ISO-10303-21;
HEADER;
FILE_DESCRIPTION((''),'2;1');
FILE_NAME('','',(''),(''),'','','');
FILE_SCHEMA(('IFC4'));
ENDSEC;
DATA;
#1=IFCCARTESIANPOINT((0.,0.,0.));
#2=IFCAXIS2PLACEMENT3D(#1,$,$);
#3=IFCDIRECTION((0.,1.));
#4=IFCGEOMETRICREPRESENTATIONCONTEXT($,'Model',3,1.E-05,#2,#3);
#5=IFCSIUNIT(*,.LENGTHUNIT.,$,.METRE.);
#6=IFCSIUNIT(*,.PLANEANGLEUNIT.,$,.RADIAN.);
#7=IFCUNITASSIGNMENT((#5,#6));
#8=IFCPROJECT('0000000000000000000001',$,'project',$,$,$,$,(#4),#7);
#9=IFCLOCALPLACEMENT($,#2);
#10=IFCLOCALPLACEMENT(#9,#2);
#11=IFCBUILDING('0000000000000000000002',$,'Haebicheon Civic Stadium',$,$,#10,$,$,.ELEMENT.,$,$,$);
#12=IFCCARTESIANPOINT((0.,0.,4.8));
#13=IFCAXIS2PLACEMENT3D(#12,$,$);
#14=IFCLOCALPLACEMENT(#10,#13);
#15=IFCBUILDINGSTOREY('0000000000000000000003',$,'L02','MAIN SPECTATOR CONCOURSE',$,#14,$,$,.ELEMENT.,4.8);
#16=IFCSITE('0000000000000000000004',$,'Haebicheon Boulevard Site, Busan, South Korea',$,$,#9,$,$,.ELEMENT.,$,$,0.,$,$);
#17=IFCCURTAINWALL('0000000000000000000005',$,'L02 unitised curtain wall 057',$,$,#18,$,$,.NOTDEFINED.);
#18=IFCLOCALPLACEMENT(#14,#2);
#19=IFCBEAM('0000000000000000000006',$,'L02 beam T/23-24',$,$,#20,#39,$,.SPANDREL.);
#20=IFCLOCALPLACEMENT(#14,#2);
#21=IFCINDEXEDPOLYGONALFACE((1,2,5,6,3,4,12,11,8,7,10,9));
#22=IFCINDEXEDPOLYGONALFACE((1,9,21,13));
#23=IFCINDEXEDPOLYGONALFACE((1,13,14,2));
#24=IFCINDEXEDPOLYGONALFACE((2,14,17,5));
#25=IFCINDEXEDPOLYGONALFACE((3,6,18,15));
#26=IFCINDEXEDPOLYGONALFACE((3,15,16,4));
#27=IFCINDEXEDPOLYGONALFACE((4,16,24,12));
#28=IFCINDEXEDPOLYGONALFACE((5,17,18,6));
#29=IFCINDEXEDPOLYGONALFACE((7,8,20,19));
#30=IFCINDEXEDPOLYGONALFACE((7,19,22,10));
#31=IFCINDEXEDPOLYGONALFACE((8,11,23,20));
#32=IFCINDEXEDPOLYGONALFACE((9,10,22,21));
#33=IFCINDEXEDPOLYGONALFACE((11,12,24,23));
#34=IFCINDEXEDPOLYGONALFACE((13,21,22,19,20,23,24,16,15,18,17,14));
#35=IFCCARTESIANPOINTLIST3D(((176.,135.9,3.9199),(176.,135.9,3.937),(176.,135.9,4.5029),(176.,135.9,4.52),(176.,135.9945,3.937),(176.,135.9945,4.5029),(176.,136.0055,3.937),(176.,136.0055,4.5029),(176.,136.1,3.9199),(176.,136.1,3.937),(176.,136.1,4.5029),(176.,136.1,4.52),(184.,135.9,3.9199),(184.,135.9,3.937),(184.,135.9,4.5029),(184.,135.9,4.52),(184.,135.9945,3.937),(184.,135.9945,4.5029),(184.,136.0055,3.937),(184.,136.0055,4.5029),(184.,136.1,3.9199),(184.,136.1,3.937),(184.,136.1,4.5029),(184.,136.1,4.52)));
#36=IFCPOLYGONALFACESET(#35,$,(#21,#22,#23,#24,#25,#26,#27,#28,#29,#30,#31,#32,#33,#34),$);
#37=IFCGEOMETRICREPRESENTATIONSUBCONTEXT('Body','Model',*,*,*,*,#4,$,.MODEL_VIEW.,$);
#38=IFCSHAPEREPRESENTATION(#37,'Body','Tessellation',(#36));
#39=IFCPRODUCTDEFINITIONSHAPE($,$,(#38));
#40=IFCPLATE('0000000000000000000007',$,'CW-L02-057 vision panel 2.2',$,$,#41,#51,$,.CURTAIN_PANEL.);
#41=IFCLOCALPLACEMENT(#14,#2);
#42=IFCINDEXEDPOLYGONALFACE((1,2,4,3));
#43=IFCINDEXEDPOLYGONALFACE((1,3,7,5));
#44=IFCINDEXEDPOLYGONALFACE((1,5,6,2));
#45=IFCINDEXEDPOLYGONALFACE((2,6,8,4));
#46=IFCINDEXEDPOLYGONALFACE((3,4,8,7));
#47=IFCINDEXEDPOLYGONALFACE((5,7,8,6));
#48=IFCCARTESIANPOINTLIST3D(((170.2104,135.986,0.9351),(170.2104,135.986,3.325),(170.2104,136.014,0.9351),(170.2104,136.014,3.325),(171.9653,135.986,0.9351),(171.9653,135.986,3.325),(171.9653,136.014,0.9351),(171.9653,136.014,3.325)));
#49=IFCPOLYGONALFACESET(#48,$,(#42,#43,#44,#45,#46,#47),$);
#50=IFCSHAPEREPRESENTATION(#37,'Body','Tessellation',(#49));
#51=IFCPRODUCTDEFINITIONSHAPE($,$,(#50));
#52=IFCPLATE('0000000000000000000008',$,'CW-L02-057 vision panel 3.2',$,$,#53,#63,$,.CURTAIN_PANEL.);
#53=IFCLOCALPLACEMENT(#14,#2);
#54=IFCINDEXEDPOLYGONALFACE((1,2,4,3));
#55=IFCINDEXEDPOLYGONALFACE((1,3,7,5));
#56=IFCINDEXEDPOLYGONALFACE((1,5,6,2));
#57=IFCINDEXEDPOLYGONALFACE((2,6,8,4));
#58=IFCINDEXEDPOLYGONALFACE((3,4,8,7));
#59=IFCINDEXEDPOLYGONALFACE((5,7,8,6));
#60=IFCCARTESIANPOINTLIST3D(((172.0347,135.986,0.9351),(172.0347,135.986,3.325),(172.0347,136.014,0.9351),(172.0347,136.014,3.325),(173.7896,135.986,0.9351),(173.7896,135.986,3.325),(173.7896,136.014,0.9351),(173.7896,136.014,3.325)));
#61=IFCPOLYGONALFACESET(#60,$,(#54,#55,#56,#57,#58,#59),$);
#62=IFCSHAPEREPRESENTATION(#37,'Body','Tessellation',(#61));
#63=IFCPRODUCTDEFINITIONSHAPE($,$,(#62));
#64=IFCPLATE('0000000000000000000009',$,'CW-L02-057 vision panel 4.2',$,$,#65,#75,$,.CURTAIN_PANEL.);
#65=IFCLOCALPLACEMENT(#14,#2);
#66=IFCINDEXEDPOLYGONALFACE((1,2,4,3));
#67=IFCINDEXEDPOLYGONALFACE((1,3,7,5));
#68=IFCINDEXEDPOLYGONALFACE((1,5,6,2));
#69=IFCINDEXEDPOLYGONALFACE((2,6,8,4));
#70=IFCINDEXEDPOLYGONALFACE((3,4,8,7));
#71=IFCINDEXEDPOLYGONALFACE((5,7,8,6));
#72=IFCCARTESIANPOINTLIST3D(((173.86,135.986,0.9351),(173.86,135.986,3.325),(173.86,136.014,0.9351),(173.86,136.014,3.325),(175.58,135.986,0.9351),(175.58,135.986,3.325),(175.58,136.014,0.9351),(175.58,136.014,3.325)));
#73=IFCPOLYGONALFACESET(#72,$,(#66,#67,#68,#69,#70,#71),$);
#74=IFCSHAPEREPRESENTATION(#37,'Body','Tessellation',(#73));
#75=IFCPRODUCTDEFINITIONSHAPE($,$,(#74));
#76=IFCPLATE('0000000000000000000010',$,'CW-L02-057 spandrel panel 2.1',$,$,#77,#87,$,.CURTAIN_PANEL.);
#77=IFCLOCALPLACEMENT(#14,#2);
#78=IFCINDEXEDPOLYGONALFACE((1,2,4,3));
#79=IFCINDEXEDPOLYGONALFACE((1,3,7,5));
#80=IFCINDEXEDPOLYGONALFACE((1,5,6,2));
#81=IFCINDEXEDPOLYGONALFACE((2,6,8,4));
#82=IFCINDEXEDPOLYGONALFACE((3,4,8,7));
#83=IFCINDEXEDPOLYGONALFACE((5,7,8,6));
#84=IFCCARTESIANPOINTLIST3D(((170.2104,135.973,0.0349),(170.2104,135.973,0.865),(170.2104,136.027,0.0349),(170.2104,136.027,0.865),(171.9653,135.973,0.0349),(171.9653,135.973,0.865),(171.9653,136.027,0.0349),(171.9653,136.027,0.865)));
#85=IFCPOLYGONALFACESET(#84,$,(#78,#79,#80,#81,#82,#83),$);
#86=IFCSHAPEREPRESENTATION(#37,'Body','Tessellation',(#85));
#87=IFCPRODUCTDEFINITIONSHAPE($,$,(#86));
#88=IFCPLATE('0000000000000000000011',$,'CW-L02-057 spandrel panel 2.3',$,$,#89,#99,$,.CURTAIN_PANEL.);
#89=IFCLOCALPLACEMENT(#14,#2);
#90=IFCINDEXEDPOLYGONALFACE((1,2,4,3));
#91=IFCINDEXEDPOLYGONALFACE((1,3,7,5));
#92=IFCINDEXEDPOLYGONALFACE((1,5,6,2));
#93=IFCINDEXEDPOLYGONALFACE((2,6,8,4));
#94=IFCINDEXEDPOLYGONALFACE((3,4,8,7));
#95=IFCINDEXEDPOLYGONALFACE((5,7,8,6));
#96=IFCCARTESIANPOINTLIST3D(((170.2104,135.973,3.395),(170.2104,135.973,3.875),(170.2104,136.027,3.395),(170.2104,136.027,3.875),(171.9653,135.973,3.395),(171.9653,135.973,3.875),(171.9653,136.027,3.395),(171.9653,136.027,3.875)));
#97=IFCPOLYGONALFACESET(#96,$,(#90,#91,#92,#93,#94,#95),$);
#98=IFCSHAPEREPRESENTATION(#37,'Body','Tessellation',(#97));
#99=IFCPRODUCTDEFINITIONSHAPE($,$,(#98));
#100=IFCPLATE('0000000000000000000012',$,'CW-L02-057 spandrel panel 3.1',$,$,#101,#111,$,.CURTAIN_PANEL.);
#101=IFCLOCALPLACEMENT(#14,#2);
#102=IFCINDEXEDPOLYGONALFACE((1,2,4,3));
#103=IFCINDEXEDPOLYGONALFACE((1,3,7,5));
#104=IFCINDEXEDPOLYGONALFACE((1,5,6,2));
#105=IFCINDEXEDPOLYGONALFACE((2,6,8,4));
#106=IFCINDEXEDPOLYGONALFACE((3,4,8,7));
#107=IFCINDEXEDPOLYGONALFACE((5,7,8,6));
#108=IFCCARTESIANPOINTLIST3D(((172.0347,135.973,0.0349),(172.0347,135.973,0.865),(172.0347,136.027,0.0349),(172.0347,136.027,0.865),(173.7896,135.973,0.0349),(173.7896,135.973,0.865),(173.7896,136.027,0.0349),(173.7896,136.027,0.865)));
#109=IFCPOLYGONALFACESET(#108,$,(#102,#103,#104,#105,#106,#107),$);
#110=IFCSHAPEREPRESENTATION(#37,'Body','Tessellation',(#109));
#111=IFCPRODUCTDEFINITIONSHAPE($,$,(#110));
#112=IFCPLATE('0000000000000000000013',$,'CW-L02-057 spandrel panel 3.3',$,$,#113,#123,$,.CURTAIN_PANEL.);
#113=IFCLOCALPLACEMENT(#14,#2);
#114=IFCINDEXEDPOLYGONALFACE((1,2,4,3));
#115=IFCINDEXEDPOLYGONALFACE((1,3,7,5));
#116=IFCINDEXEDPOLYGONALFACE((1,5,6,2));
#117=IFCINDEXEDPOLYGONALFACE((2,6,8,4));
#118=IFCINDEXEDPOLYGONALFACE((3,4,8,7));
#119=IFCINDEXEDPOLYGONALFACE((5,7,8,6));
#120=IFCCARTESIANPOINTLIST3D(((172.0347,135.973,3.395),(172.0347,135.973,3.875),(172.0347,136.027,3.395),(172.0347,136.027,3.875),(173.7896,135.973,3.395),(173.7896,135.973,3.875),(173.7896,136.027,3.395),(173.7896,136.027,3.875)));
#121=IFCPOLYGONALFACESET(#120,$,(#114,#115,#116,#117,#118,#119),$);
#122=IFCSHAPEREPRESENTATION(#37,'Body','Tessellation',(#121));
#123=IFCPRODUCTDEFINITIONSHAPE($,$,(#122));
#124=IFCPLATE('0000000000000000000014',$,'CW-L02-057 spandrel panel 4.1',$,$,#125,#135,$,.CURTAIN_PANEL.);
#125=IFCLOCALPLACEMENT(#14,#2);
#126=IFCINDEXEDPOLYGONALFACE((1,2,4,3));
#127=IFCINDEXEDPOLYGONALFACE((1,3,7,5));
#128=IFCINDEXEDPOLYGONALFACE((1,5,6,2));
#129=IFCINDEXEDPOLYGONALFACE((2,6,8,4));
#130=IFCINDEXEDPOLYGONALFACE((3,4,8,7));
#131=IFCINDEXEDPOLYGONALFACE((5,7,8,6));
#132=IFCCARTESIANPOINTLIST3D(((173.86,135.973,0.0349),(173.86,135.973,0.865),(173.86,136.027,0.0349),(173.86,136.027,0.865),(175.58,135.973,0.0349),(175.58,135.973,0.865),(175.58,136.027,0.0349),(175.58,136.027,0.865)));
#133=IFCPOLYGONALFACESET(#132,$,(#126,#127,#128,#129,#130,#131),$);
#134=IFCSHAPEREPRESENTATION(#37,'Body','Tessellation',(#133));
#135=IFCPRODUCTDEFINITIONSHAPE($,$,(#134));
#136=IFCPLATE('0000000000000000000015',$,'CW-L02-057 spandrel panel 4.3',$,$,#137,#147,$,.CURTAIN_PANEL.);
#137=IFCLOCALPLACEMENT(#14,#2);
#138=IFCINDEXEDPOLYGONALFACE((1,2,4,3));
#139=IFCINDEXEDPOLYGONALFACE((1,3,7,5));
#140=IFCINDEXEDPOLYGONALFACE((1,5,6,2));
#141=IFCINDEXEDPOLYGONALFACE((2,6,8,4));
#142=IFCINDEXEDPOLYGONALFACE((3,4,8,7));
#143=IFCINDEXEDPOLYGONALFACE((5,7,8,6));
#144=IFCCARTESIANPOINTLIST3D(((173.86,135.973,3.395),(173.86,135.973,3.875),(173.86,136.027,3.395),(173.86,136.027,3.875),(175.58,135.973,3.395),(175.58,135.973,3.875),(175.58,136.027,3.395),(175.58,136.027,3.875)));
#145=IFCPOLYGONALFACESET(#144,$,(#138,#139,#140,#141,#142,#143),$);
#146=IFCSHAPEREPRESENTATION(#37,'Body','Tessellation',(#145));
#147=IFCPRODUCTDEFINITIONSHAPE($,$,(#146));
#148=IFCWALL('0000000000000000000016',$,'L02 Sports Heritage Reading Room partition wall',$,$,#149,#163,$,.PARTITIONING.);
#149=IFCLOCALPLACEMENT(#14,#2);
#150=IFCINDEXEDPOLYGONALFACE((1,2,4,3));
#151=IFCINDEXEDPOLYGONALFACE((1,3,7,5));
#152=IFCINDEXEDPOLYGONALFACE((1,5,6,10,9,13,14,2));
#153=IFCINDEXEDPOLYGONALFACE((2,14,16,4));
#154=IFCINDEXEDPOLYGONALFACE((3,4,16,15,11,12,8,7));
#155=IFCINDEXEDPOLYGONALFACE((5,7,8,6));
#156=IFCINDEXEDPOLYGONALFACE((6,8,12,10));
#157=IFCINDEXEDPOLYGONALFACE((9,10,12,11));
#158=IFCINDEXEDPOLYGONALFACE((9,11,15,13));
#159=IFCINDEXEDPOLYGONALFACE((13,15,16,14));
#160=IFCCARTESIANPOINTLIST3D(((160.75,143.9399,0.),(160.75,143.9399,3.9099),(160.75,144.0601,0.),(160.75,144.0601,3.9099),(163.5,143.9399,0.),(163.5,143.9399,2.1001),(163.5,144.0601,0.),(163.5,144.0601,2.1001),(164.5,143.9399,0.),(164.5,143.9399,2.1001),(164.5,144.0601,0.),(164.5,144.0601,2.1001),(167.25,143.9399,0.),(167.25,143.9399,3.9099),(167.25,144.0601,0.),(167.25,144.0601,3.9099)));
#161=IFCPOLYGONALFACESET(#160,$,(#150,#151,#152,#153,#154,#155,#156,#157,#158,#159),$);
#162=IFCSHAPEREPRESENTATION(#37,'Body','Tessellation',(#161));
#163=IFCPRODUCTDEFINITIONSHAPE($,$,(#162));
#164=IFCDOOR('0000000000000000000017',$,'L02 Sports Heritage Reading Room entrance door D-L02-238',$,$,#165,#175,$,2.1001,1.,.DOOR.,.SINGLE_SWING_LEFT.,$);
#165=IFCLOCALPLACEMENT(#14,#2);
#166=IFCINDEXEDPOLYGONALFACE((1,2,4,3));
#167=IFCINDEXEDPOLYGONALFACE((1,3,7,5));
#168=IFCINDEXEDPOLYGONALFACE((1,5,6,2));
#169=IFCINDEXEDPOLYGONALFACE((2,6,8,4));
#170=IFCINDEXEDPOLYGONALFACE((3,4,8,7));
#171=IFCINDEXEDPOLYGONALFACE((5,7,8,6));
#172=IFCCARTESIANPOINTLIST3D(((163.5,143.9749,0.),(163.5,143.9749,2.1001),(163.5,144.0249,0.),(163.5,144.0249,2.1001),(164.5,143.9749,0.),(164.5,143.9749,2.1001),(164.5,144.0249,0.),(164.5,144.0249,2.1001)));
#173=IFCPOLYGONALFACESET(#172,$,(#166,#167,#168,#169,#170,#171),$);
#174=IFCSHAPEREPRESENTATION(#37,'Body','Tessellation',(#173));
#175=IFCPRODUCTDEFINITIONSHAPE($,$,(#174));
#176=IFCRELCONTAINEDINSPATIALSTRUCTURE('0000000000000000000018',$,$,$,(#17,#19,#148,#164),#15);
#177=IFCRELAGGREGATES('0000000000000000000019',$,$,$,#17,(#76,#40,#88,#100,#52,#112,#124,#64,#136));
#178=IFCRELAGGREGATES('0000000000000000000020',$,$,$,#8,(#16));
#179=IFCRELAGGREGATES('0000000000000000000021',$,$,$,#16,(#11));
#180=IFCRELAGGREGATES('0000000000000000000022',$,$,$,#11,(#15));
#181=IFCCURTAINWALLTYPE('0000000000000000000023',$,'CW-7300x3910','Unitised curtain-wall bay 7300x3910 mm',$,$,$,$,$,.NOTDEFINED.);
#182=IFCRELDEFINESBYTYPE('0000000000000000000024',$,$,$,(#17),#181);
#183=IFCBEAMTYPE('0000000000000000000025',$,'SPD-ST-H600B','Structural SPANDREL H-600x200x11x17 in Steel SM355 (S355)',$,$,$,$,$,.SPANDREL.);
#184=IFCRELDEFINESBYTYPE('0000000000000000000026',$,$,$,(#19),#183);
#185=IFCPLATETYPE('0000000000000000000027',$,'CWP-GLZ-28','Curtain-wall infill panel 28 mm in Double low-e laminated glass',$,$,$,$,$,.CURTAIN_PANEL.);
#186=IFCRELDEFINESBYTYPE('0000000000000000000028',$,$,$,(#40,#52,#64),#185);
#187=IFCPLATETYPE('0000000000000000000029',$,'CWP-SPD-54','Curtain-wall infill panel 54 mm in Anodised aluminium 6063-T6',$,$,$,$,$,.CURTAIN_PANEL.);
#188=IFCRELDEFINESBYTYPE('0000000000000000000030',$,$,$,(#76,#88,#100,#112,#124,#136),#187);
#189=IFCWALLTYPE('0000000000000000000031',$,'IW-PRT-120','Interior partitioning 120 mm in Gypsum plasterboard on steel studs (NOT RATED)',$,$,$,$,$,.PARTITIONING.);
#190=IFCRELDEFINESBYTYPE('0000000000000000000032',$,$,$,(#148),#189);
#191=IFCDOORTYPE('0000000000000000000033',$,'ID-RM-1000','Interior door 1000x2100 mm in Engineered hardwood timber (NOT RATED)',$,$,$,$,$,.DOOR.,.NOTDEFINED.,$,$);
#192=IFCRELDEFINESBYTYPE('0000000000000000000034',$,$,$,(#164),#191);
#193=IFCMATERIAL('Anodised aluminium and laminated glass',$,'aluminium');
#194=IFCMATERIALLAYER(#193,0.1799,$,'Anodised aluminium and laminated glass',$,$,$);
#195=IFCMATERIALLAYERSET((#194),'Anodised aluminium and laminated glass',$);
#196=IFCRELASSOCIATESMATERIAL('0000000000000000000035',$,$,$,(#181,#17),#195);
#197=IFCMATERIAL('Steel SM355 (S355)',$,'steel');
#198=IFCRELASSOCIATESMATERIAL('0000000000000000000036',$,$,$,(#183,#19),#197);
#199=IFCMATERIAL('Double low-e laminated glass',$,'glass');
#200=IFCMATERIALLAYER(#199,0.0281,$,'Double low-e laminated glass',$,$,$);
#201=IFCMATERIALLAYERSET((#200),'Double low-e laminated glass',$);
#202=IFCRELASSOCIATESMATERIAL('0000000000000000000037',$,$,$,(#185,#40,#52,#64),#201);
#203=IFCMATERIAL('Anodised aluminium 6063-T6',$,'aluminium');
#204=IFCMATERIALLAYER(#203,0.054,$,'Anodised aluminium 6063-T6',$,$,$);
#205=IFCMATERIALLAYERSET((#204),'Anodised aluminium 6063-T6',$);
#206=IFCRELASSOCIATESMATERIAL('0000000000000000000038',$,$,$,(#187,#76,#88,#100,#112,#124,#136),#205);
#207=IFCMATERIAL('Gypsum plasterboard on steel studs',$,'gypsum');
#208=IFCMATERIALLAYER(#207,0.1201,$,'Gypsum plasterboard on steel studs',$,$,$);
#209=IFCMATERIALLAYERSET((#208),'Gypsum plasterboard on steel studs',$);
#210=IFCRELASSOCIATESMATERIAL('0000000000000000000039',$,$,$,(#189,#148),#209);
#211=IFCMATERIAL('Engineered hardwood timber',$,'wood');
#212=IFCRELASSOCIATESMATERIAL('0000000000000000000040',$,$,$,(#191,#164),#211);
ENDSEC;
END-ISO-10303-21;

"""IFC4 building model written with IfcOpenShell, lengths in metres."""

from ifc_helpers import new_model, si_unit, direction, frame, frame_2d, origin, origin_2d, place, context, subcontext, project, spatial, rectangle, i_section, extrude, material, layer, layer_set, material_profile, profile_set, type_object, element, fill, aggregate, save


model = new_model("IFC4")

# Units and contexts
model_context = context("Model", 3, precision=1e-05, world=origin(), true_north=direction((0.0, 1.0)))
body_context = subcontext(model_context, "Body", "Model", "MODEL_VIEW")
ifc_project = project(units=[si_unit("LENGTHUNIT", "METRE"), si_unit("PLANEANGLEUNIT", "RADIAN")], contexts=[model_context])

# Site, building, storey
site_placement = place(None, origin())
site = spatial("IfcSite", under=ifc_project, at=site_placement, Name="Haebicheon Boulevard Site, Busan, South Korea", CompositionType="ELEMENT", RefElevation=0.0)
building_placement = place(site_placement, origin())
building = spatial("IfcBuilding", under=site, at=building_placement, Name="Haebicheon Civic Stadium", CompositionType="ELEMENT")
storey_placement = place(building_placement, frame((0.0, 0.0, 4.8)))
storey = spatial("IfcBuildingStorey", under=building, at=storey_placement, Name="L02", Description="MAIN SPECTATOR CONCOURSE", CompositionType="ELEMENT", Elevation=4.8)

# Curtain wall
ifc_material_1 = material(Name="Anodised aluminium and laminated glass", Category="aluminium")
ifc_layer_1 = layer(ifc_material_1, 0.1799, Name="Anodised aluminium and laminated glass")
ifc_layer_set_1 = layer_set([ifc_layer_1], Name="Anodised aluminium and laminated glass")
curtain_wall_type = type_object("IfcCurtainWallType", Name="CW-7300x3910", Description="Unitised curtain-wall bay 7300x3910 mm", PredefinedType="NOTDEFINED", material=ifc_layer_set_1)
curtain_wall_placement = place(storey_placement, origin())
curtain_wall = element("IfcCurtainWall", 1, at=curtain_wall_placement, inside=storey, type_object=curtain_wall_type, material=ifc_layer_set_1, Name="L02 unitised curtain wall 057", PredefinedType="NOTDEFINED")

# Beam
ifc_material_2 = material(Name="Steel SM355 (S355)", Category="steel")
ifc_material_profile_1 = material_profile(ifc_material_2, i_section(OverallWidth=0.2, OverallDepth=0.6001, WebThickness=0.011, FlangeThickness=0.0171, at=origin_2d()), Name="H-600x200x11x17")
ifc_profile_set_1 = profile_set([ifc_material_profile_1], Name="Steel SM355 (S355)")
beam_type_1 = type_object("IfcBeamType", Name="SPD-ST-H600B", Description="Structural SPANDREL H-600x200x11x17 in Steel SM355 (S355)", PredefinedType="SPANDREL", material=ifc_profile_set_1)
beam_placement = place(storey_placement, frame((176.0, 136.0, 4.22), z_axis=(1.0, 0.0, 0.0), x_axis=(0.0, 1.0, 0.0)))
element("IfcBeam", 2, at=beam_placement, inside=storey, type_object=beam_type_1, material=ifc_profile_set_1, Name="L02 beam T/23-24", PredefinedType="SPANDREL", context=body_context, shape_type="SweptSolid", body=[
    extrude(i_section(OverallWidth=0.2, OverallDepth=0.6001, WebThickness=0.011, FlangeThickness=0.0171, at=origin_2d()), origin(), (0.0, 0.0, 1.0), 8.0),
])

# Plates
ifc_material_3 = material(Name="Double low-e laminated glass", Category="glass")
ifc_layer_2 = layer(ifc_material_3, 0.0281, Name="Double low-e laminated glass")
ifc_layer_set_2 = layer_set([ifc_layer_2], Name="Double low-e laminated glass")
plate_type_1 = type_object("IfcPlateType", Name="CWP-GLZ-28", Description="Curtain-wall infill panel 28 mm in Double low-e laminated glass", PredefinedType="CURTAIN_PANEL", material=ifc_layer_set_2)
plate_1_placement = place(storey_placement, frame((171.0879, 136.0, 0.9351), z_axis=(0.0, 0.0, 1.0), x_axis=(1.0, 0.0, 0.0)))
plate_1 = element("IfcPlate", 3, at=plate_1_placement, type_object=plate_type_1, material=ifc_layer_set_2, Name="CW-L02-057 vision panel 2.2", PredefinedType="CURTAIN_PANEL", context=body_context, shape_type="SweptSolid", body=[
    extrude(rectangle(XDim=1.7549, YDim=0.0281, at=origin_2d()), origin(), (0.0, 0.0, 1.0), 2.3899),
])
plate_2_placement = place(storey_placement, frame((172.9121, 136.0, 0.9351), z_axis=(0.0, 0.0, 1.0), x_axis=(1.0, 0.0, 0.0)))
plate_2 = element("IfcPlate", 4, at=plate_2_placement, type_object=plate_type_1, material=ifc_layer_set_2, Name="CW-L02-057 vision panel 3.2", PredefinedType="CURTAIN_PANEL", context=body_context, shape_type="SweptSolid", body=[
    extrude(rectangle(XDim=1.7549, YDim=0.0281, at=origin_2d()), origin(), (0.0, 0.0, 1.0), 2.3899),
])
plate_3_placement = place(storey_placement, frame((174.72, 136.0, 0.9351), z_axis=(0.0, 0.0, 1.0), x_axis=(1.0, 0.0, 0.0)))
plate_3 = element("IfcPlate", 5, at=plate_3_placement, type_object=plate_type_1, material=ifc_layer_set_2, Name="CW-L02-057 vision panel 4.2", PredefinedType="CURTAIN_PANEL", context=body_context, shape_type="SweptSolid", body=[
    extrude(rectangle(XDim=1.72, YDim=0.0281, at=origin_2d()), origin(), (0.0, 0.0, 1.0), 2.3899),
])
ifc_material_4 = material(Name="Anodised aluminium 6063-T6", Category="aluminium")
ifc_layer_3 = layer(ifc_material_4, 0.054, Name="Anodised aluminium 6063-T6")
ifc_layer_set_3 = layer_set([ifc_layer_3], Name="Anodised aluminium 6063-T6")
plate_type_2 = type_object("IfcPlateType", Name="CWP-SPD-54", Description="Curtain-wall infill panel 54 mm in Anodised aluminium 6063-T6", PredefinedType="CURTAIN_PANEL", material=ifc_layer_set_3)
plate_4_placement = place(storey_placement, frame((171.0879, 136.0, 0.0349), z_axis=(0.0, 0.0, 1.0), x_axis=(1.0, 0.0, 0.0)))
plate_4 = element("IfcPlate", 6, at=plate_4_placement, type_object=plate_type_2, material=ifc_layer_set_3, Name="CW-L02-057 spandrel panel 2.1", PredefinedType="CURTAIN_PANEL", context=body_context, shape_type="SweptSolid", body=[
    extrude(rectangle(XDim=1.7549, YDim=0.054, at=origin_2d()), origin(), (0.0, 0.0, 1.0), 0.8301),
])
plate_5_placement = place(storey_placement, frame((171.0879, 136.0, 3.395), z_axis=(0.0, 0.0, 1.0), x_axis=(1.0, 0.0, 0.0)))
plate_5 = element("IfcPlate", 7, at=plate_5_placement, type_object=plate_type_2, material=ifc_layer_set_3, Name="CW-L02-057 spandrel panel 2.3", PredefinedType="CURTAIN_PANEL", context=body_context, shape_type="SweptSolid", body=[
    extrude(rectangle(XDim=1.7549, YDim=0.054, at=origin_2d()), origin(), (0.0, 0.0, 1.0), 0.48),
])
plate_6_placement = place(storey_placement, frame((172.9121, 136.0, 0.0349), z_axis=(0.0, 0.0, 1.0), x_axis=(1.0, 0.0, 0.0)))
plate_6 = element("IfcPlate", 8, at=plate_6_placement, type_object=plate_type_2, material=ifc_layer_set_3, Name="CW-L02-057 spandrel panel 3.1", PredefinedType="CURTAIN_PANEL", context=body_context, shape_type="SweptSolid", body=[
    extrude(rectangle(XDim=1.7549, YDim=0.054, at=origin_2d()), origin(), (0.0, 0.0, 1.0), 0.8301),
])
plate_7_placement = place(storey_placement, frame((172.9121, 136.0, 3.395), z_axis=(0.0, 0.0, 1.0), x_axis=(1.0, 0.0, 0.0)))
plate_7 = element("IfcPlate", 9, at=plate_7_placement, type_object=plate_type_2, material=ifc_layer_set_3, Name="CW-L02-057 spandrel panel 3.3", PredefinedType="CURTAIN_PANEL", context=body_context, shape_type="SweptSolid", body=[
    extrude(rectangle(XDim=1.7549, YDim=0.054, at=origin_2d()), origin(), (0.0, 0.0, 1.0), 0.48),
])
plate_8_placement = place(storey_placement, frame((174.72, 136.0, 0.0349), z_axis=(0.0, 0.0, 1.0), x_axis=(1.0, 0.0, 0.0)))
plate_8 = element("IfcPlate", 10, at=plate_8_placement, type_object=plate_type_2, material=ifc_layer_set_3, Name="CW-L02-057 spandrel panel 4.1", PredefinedType="CURTAIN_PANEL", context=body_context, shape_type="SweptSolid", body=[
    extrude(rectangle(XDim=1.72, YDim=0.054, at=origin_2d()), origin(), (0.0, 0.0, 1.0), 0.8301),
])
plate_9_placement = place(storey_placement, frame((174.72, 136.0, 3.395), z_axis=(0.0, 0.0, 1.0), x_axis=(1.0, 0.0, 0.0)))
plate_9 = element("IfcPlate", 11, at=plate_9_placement, type_object=plate_type_2, material=ifc_layer_set_3, Name="CW-L02-057 spandrel panel 4.3", PredefinedType="CURTAIN_PANEL", context=body_context, shape_type="SweptSolid", body=[
    extrude(rectangle(XDim=1.72, YDim=0.054, at=origin_2d()), origin(), (0.0, 0.0, 1.0), 0.48),
])
aggregate(curtain_wall, [plate_4, plate_1, plate_5, plate_6, plate_2, plate_7, plate_8, plate_3, plate_9])

# Wall, opening, door
ifc_material_5 = material(Name="Gypsum plasterboard on steel studs", Category="gypsum")
ifc_layer_4 = layer(ifc_material_5, 0.1201, Name="Gypsum plasterboard on steel studs")
ifc_layer_set_4 = layer_set([ifc_layer_4], Name="Gypsum plasterboard on steel studs")
wall_type = type_object("IfcWallType", Name="IW-PRT-120", Description="Interior partitioning 120 mm in Gypsum plasterboard on steel studs (NOT RATED)", PredefinedType="PARTITIONING", material=ifc_layer_set_4)
wall_placement = place(storey_placement, frame((160.75, 144.0, 0.0), z_axis=(0.0, 0.0, 1.0), x_axis=(1.0, 0.0, 0.0)))
wall = element("IfcWall", 12, at=wall_placement, inside=storey, type_object=wall_type, material=ifc_layer_set_4, Name="L02 Sports Heritage Reading Room partition wall", PredefinedType="PARTITIONING", context=body_context, shape_type="SweptSolid", body=[
    extrude(rectangle(XDim=6.5, YDim=0.1201, at=frame_2d((3.25, 0.0))), origin(), (0.0, 0.0, 1.0), 3.9099),
])
opening_placement = place(wall_placement, frame((2.75, 0.0, 0.0)))
opening = element("IfcOpeningElement", 13, at=opening_placement, cuts=wall, PredefinedType="OPENING", context=body_context, shape_type="SweptSolid", body=[
    extrude(rectangle(XDim=1.0, YDim=2.1001, at=frame_2d((0.5, 1.05))), frame((0.0, 0.0701, 0.0), z_axis=(0.0, -1.0, 0.0), x_axis=(1.0, 0.0, 0.0)), (0.0, 0.0, 1.0), 0.1401),
])
ifc_material_6 = material(Name="Engineered hardwood timber", Category="wood")
door_type = type_object("IfcDoorType", Name="ID-RM-1000", Description="Interior door 1000x2100 mm in Engineered hardwood timber (NOT RATED)", OperationType="NOTDEFINED", PredefinedType="DOOR", material=ifc_material_6)
door_placement = place(opening_placement, origin())
door = element("IfcDoor", 14, at=door_placement, inside=storey, type_object=door_type, material=ifc_material_6, Name="L02 Sports Heritage Reading Room entrance door D-L02-238", OperationType="SINGLE_SWING_LEFT", OverallHeight=2.1001, OverallWidth=1.0, PredefinedType="DOOR", context=body_context, shape_type="SweptSolid", body=[
    extrude(rectangle(XDim=1.0, YDim=2.1001, at=frame_2d((0.5, 1.05))), frame((0.0, 0.0249, 0.0), z_axis=(0.0, -1.0, 0.0), x_axis=(1.0, 0.0, 0.0)), (0.0, 0.0, 1.0), 0.05),
])
fill(opening, door)

save(model, "model.ifc")
